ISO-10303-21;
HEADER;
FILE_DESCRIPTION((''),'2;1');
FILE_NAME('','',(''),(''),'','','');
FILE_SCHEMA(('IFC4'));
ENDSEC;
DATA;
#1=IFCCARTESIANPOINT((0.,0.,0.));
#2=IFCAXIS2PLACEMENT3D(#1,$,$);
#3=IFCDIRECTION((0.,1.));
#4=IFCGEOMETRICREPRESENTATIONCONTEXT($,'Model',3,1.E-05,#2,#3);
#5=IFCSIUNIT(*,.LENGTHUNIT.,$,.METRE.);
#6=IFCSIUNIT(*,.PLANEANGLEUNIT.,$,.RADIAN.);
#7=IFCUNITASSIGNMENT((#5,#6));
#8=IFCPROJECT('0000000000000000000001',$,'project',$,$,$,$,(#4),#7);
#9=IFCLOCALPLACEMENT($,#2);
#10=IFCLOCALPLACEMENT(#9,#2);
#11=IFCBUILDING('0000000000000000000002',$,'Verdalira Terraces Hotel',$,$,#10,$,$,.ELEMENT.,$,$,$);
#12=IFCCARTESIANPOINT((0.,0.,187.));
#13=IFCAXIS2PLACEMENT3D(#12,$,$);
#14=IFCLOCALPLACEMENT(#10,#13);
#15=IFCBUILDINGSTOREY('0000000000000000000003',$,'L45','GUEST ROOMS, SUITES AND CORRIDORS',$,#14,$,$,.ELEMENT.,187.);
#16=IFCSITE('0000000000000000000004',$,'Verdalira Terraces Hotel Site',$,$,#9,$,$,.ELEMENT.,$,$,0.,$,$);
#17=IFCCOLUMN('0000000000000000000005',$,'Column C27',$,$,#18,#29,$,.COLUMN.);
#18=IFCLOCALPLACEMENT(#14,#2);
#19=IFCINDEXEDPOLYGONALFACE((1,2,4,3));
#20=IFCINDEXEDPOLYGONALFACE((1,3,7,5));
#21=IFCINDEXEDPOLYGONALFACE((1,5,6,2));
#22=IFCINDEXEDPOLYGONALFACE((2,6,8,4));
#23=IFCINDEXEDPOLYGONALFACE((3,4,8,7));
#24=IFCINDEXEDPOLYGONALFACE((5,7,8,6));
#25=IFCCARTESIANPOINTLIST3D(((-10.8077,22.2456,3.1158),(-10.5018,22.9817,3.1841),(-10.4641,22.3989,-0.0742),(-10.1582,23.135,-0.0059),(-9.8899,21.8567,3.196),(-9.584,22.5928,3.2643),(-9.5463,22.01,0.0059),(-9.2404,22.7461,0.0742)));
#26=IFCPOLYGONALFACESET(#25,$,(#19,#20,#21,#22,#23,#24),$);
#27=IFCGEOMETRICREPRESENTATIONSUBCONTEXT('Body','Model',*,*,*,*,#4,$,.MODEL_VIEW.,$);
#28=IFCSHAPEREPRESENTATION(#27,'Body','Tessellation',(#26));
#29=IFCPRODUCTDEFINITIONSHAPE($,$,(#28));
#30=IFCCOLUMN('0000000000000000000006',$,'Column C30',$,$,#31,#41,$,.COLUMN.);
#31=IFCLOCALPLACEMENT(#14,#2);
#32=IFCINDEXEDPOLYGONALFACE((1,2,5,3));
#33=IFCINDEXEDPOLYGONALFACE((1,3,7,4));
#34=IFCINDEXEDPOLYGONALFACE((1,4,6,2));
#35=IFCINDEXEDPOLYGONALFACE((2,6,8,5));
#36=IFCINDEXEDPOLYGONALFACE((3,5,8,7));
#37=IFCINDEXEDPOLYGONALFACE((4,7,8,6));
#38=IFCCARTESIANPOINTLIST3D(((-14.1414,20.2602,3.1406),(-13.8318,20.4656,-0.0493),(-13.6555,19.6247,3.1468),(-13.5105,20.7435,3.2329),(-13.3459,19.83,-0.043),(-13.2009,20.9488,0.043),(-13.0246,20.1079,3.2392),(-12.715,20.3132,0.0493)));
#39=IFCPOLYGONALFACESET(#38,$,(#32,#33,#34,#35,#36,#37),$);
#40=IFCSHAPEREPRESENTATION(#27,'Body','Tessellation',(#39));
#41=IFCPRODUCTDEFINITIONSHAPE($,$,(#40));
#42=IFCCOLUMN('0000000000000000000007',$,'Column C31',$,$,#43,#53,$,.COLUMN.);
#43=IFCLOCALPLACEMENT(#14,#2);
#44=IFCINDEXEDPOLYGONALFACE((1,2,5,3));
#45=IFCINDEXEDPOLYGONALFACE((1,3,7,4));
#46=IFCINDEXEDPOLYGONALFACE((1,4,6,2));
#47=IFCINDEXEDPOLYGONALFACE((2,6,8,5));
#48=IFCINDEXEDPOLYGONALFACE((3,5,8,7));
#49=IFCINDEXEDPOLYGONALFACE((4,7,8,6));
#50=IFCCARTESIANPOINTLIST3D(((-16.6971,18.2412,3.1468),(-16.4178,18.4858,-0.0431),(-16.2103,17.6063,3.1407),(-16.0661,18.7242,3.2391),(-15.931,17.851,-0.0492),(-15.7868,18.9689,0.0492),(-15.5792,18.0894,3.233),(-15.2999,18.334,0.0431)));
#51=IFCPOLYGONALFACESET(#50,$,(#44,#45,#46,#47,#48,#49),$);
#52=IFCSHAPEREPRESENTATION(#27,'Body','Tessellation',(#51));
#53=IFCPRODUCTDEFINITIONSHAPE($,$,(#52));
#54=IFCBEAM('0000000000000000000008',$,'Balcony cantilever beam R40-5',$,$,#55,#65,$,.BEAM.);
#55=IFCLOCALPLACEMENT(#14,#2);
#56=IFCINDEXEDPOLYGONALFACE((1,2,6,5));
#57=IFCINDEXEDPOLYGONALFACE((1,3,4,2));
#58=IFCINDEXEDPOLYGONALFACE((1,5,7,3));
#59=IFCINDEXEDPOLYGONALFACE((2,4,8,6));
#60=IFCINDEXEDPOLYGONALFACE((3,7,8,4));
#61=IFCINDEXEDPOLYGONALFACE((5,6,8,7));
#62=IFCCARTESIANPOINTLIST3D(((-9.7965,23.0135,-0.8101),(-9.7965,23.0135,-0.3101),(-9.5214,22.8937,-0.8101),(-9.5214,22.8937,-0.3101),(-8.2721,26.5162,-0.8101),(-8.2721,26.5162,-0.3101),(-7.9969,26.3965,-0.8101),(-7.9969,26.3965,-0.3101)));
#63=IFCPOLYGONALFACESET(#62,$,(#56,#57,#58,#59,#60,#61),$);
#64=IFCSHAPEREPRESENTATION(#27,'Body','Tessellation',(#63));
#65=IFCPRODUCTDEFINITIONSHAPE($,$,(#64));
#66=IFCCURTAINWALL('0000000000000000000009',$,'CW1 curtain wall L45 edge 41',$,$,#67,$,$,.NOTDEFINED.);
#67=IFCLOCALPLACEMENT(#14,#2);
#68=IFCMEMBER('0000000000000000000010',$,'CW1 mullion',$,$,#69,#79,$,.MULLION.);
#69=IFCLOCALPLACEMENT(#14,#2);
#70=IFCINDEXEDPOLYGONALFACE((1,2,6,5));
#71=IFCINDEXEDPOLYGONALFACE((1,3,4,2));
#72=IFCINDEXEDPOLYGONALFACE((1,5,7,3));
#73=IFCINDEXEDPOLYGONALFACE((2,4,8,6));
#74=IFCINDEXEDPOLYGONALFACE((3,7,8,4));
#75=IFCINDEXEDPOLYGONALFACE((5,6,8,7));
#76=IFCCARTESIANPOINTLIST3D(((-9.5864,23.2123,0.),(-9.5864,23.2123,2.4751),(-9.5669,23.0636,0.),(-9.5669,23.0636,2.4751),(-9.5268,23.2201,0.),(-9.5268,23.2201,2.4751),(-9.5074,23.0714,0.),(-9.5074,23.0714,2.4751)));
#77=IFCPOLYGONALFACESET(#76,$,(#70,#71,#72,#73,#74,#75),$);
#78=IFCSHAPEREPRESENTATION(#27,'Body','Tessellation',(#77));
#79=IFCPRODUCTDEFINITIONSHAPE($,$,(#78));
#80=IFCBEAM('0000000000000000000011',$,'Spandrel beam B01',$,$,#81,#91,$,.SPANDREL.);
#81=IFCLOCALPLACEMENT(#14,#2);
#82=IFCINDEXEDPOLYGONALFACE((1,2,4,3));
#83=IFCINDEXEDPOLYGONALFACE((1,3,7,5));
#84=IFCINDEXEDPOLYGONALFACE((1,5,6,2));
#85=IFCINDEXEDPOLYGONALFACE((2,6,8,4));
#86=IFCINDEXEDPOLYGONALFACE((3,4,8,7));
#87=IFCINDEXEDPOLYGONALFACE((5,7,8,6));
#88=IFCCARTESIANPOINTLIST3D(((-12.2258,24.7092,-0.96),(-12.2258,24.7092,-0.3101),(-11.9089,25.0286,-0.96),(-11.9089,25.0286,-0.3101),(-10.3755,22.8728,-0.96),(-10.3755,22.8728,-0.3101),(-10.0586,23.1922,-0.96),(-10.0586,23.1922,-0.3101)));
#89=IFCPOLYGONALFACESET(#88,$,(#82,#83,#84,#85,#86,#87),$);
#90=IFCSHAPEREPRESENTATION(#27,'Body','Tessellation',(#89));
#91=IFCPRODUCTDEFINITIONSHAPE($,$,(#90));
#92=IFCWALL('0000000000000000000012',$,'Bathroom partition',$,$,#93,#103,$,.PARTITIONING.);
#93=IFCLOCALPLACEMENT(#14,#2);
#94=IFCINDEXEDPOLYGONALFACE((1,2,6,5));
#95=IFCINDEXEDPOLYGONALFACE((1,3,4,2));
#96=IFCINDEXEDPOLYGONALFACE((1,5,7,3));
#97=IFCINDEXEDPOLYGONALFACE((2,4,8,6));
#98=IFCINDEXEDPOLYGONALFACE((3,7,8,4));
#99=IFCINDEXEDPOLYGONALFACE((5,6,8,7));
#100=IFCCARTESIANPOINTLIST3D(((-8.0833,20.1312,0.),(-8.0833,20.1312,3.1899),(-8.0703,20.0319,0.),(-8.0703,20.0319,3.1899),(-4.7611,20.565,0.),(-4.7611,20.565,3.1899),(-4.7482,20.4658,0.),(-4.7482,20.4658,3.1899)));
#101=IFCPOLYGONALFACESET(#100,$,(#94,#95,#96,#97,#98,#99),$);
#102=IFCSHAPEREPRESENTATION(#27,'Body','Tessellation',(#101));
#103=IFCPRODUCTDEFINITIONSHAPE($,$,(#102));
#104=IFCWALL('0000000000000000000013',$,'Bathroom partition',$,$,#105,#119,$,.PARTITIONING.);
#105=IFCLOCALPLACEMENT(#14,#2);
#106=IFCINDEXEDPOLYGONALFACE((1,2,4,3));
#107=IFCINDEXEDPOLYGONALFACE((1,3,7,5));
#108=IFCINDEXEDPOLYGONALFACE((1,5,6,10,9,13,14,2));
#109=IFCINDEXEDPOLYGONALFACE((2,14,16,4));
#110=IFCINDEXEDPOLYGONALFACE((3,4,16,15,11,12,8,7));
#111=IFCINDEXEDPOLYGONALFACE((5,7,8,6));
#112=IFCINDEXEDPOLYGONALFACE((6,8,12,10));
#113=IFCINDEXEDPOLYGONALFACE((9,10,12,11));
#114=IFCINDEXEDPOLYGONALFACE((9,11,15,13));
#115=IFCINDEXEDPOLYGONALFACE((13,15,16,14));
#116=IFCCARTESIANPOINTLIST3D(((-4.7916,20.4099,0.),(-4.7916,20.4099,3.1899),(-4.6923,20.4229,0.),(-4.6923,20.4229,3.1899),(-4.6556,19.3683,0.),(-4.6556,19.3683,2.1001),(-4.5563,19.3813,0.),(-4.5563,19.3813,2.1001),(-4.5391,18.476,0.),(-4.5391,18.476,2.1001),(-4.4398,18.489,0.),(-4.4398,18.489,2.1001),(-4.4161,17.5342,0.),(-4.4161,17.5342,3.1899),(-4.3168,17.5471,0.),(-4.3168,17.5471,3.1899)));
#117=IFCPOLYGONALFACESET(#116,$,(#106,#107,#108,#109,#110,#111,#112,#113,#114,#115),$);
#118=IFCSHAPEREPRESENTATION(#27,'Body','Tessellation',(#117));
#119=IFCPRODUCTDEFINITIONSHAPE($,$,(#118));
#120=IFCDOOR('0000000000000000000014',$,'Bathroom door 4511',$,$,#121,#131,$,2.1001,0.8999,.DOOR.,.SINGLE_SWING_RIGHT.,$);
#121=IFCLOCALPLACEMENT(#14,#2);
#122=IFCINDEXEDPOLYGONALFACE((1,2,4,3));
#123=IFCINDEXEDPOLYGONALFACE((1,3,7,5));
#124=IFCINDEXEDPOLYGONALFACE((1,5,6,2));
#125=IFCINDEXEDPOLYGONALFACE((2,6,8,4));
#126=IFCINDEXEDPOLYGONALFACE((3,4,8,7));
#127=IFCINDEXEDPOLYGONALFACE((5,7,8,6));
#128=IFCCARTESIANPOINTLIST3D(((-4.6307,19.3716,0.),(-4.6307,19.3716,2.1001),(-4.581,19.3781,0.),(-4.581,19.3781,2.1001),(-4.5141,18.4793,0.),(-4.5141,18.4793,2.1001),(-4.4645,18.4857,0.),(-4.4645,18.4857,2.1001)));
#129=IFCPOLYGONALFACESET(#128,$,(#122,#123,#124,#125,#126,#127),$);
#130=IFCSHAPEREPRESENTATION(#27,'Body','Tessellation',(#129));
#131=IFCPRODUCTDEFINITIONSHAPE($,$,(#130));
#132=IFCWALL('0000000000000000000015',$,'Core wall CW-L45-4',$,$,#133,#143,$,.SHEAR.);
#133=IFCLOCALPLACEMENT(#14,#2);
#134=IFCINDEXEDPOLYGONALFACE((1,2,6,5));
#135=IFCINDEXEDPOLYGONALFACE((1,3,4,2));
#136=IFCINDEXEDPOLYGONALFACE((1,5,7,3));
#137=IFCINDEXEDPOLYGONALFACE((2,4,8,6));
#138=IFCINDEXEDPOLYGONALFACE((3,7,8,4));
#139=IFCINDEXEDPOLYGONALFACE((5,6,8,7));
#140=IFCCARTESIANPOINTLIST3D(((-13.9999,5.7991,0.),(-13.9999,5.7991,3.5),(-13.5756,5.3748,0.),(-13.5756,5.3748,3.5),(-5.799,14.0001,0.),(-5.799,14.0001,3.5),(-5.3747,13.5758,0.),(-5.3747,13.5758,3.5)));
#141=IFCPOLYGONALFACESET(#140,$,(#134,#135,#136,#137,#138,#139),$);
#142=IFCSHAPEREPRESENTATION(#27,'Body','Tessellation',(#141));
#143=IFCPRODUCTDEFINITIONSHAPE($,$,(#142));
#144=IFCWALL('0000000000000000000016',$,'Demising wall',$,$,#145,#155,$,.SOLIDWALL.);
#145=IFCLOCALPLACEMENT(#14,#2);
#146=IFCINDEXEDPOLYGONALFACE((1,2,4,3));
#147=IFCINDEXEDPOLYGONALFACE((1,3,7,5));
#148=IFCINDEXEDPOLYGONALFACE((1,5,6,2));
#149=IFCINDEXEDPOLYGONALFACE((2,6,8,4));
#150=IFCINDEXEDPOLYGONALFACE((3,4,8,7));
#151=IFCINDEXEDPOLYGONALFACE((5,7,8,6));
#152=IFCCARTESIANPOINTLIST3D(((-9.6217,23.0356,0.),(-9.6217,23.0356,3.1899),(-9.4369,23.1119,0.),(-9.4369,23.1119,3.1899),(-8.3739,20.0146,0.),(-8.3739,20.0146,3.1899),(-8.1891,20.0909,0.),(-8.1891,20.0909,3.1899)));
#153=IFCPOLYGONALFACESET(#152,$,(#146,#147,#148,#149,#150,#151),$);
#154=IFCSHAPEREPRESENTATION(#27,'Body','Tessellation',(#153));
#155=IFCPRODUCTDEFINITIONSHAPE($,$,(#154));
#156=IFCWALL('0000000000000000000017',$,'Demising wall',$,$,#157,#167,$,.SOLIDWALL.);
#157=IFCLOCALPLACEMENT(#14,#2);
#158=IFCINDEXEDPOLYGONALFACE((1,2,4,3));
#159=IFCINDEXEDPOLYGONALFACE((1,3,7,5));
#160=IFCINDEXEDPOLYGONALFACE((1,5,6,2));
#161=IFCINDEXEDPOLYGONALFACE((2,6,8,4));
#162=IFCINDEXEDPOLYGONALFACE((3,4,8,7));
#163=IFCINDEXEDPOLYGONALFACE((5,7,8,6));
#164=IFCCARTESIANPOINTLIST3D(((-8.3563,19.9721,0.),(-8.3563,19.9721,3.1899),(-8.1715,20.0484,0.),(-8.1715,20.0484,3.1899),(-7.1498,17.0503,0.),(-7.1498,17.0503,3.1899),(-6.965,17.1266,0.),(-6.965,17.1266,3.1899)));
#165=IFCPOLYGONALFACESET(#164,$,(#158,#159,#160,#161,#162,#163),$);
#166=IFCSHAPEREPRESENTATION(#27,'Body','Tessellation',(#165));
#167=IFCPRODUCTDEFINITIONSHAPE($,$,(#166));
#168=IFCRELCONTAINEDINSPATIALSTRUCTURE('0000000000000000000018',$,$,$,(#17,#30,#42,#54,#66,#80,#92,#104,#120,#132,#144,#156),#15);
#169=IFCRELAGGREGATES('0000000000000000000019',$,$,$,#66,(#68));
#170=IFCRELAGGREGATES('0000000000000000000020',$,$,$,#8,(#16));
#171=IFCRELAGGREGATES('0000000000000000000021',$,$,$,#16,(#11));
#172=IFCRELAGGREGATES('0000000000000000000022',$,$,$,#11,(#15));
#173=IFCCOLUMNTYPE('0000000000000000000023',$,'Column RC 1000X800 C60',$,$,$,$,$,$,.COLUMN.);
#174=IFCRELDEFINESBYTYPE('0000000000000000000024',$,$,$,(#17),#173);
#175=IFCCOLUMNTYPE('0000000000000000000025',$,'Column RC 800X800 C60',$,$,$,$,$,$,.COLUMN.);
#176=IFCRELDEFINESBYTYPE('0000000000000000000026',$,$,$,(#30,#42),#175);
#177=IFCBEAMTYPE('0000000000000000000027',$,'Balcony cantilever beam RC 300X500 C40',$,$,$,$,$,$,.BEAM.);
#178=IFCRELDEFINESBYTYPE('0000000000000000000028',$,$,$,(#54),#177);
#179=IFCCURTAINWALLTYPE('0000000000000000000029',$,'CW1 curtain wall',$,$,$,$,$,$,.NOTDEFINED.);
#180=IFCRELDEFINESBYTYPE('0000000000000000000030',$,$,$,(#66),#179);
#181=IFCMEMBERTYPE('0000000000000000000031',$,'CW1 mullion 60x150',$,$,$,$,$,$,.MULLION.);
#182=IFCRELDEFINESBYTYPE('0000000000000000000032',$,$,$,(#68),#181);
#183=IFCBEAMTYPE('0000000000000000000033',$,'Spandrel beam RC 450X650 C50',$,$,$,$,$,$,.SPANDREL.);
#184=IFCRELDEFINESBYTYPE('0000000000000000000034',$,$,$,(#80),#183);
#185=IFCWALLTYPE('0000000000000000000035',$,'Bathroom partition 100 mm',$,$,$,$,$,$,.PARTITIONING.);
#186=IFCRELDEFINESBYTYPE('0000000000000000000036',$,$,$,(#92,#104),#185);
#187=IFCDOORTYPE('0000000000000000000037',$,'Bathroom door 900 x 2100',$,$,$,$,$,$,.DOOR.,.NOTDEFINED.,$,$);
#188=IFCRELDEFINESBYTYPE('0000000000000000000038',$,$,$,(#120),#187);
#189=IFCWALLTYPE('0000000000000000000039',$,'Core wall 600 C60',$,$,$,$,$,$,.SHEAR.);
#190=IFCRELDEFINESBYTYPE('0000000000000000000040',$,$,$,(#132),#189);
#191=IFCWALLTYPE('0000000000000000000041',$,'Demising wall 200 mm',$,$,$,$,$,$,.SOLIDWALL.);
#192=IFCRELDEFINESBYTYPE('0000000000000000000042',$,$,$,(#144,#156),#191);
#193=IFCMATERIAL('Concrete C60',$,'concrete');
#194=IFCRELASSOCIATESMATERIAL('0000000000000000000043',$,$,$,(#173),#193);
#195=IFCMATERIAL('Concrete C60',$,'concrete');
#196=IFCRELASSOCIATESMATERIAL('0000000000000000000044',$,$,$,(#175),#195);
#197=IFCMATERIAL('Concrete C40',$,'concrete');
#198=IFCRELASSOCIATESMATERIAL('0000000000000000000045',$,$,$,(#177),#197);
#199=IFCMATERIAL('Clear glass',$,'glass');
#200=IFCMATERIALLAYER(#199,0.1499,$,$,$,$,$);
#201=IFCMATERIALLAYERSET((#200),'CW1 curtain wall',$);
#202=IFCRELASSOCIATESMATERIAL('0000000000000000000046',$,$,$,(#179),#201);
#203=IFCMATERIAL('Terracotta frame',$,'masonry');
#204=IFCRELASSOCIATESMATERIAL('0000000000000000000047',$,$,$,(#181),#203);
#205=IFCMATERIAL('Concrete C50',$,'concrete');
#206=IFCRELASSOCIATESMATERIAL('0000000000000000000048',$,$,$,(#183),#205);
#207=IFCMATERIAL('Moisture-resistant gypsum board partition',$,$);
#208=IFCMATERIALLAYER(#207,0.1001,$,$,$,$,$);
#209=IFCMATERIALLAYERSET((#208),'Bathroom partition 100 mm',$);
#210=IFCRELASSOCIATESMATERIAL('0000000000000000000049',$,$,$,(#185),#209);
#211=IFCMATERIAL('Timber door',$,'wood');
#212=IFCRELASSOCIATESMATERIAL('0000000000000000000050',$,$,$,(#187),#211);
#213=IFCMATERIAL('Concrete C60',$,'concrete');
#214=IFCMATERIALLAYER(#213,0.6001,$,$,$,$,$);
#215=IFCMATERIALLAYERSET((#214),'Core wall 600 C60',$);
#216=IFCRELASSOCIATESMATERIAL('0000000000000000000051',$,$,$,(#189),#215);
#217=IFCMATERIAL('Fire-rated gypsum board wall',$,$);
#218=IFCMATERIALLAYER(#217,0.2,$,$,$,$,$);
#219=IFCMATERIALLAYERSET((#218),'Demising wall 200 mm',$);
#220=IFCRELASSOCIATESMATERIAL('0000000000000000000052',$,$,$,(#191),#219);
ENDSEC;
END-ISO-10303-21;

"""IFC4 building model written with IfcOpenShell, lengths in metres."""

from ifc_helpers import new_model, si_unit, direction, frame, frame_2d, origin, origin_2d, place, context, subcontext, project, spatial, rectangle, extrude, material, layer, layer_set, material_profile, profile_set, type_object, element, fill, aggregate, save


model = new_model("IFC4")

# Units and contexts
model_context = context("Model", 3, precision=1e-05, world=origin(), true_north=direction((0.0, 1.0)))
body_context = subcontext(model_context, "Body", "Model", "MODEL_VIEW")
ifc_project = project(units=[si_unit("LENGTHUNIT", "METRE"), si_unit("PLANEANGLEUNIT", "RADIAN")], contexts=[model_context])

# Site, building, storey
site_placement = place(None, origin())
site = spatial("IfcSite", under=ifc_project, at=site_placement, Name="Verdalira Terraces Hotel Site", CompositionType="ELEMENT", RefElevation=0.0)
building_placement = place(site_placement, origin())
building = spatial("IfcBuilding", under=site, at=building_placement, Name="Verdalira Terraces Hotel", CompositionType="ELEMENT")
storey_placement = place(building_placement, frame((0.0, 0.0, 187.0)))
storey = spatial("IfcBuildingStorey", under=building, at=storey_placement, Name="L45", Description="GUEST ROOMS, SUITES AND CORRIDORS", CompositionType="ELEMENT", Elevation=187.0)

# Columns
ifc_material_1 = material(Name="Concrete C60", Category="concrete")
ifc_material_profile_1 = material_profile(ifc_material_1, rectangle(XDim=1.0, YDim=0.8, at=origin_2d()), Name="RC 1000X800")
ifc_profile_set_1 = profile_set([ifc_material_profile_1], Name="Concrete C60")
column_type_1 = type_object("IfcColumnType", Name="Column RC 1000X800 C60", PredefinedType="COLUMN", material=ifc_profile_set_1)
column_placement = place(storey_placement, frame((-9.8523, 22.5725, 0.0), z_axis=(-0.106943, -0.047733, 0.993119), x_axis=(0.917806, -0.388856, 0.080143)))
element("IfcColumn", 1, at=column_placement, inside=storey, type_object=column_type_1, Name="Column C27", PredefinedType="COLUMN", context=body_context, shape_type="SweptSolid", body=[
    extrude(rectangle(XDim=1.0, YDim=0.8, at=origin_2d()), origin(), (0.0, 0.0, 1.0), 3.2122),
])
ifc_material_2 = material(Name="Concrete C60", Category="concrete")
ifc_material_profile_2 = material_profile(ifc_material_2, rectangle(XDim=0.8, YDim=0.8, at=origin_2d()), Name="RC 800X800")
ifc_profile_set_2 = profile_set([ifc_material_profile_2], Name="Concrete C60")
column_type_2 = type_object("IfcColumnType", Name="Column RC 800X800 C60", PredefinedType="COLUMN", material=ifc_profile_set_2)
for number, where, z_axis, x_axis, name in (
    (2, (-13.2734, 20.3894, 0.0), (-0.096394, -0.063933, 0.993288), (-0.607336, 0.794406, -0.007807), "Column C30"),
    (3, (-15.8589, 18.4099, 0.0), (-0.086968, -0.076173, 0.993295), (-0.608491, 0.793525, 0.007577), "Column C31"),
):
    element("IfcColumn", number, at=place(storey_placement, frame(where, z_axis=z_axis, x_axis=x_axis)), inside=storey, type_object=column_type_2, Name=name, PredefinedType="COLUMN", context=body_context, shape_type="SweptSolid", body=[
        extrude(rectangle(XDim=0.8, YDim=0.8, at=origin_2d()), origin(), (0.0, 0.0, 1.0), 3.2114),
    ])

# Beam
ifc_material_3 = material(Name="Concrete C40", Category="concrete")
ifc_material_profile_3 = material_profile(ifc_material_3, rectangle(XDim=0.3, YDim=0.5, at=origin_2d()), Name="RC 300X500")
ifc_profile_set_3 = profile_set([ifc_material_profile_3], Name="Concrete C40")
beam_type_1 = type_object("IfcBeamType", Name="Balcony cantilever beam RC 300X500 C40", PredefinedType="BEAM", material=ifc_profile_set_3)
beam_1_placement = place(storey_placement, frame((-9.6589, 22.9536, -0.5601), z_axis=(0.399058, 0.916926, 0.0), x_axis=(-0.916926, 0.399058, 0.0)))
element("IfcBeam", 4, at=beam_1_placement, inside=storey, type_object=beam_type_1, Name="Balcony cantilever beam R40-5", PredefinedType="BEAM", context=body_context, shape_type="SweptSolid", body=[
    extrude(rectangle(XDim=0.3, YDim=0.5, at=origin_2d()), origin(), (0.0, 0.0, 1.0), 3.8201),
])

# Curtain wall, member
ifc_material_4 = material(Name="Clear glass", Category="glass")
ifc_layer_1 = layer(ifc_material_4, 0.1499)
ifc_layer_set_1 = layer_set([ifc_layer_1], Name="CW1 curtain wall")
curtain_wall_type = type_object("IfcCurtainWallType", Name="CW1 curtain wall", PredefinedType="NOTDEFINED", material=ifc_layer_set_1)
curtain_wall_placement = place(storey_placement, origin())
curtain_wall = element("IfcCurtainWall", 5, at=curtain_wall_placement, inside=storey, type_object=curtain_wall_type, Name="CW1 curtain wall L45 edge 41", PredefinedType="NOTDEFINED")
ifc_material_5 = material(Name="Terracotta frame", Category="masonry")
ifc_material_profile_4 = material_profile(ifc_material_5, rectangle(XDim=0.0601, YDim=0.1499, at=origin_2d()), Name="MU 60x150")
ifc_profile_set_4 = profile_set([ifc_material_profile_4], Name="Terracotta frame")
member_type = type_object("IfcMemberType", Name="CW1 mullion 60x150", PredefinedType="MULLION", material=ifc_profile_set_4)
member_placement = place(storey_placement, frame((-9.5469, 23.1418, 0.0), z_axis=(0.0, 0.0, 1.0), x_axis=(-0.991581, -0.129488, 0.0)))
member = element("IfcMember", 6, at=member_placement, type_object=member_type, Name="CW1 mullion", PredefinedType="MULLION", context=body_context, shape_type="SweptSolid", body=[
    extrude(rectangle(XDim=0.0601, YDim=0.1499, at=origin_2d()), origin(), (0.0, 0.0, 1.0), 2.4751),
])
aggregate(curtain_wall, [member])

# Beam
ifc_material_6 = material(Name="Concrete C50", Category="concrete")
ifc_material_profile_5 = material_profile(ifc_material_6, rectangle(XDim=0.45, YDim=0.6499, at=origin_2d()), Name="RC 450X650")
ifc_profile_set_5 = profile_set([ifc_material_profile_5], Name="Concrete C50")
beam_type_2 = type_object("IfcBeamType", Name="Spandrel beam RC 450X650 C50", PredefinedType="SPANDREL", material=ifc_profile_set_5)
beam_2_placement = place(storey_placement, frame((-10.217, 23.0325, -0.635), z_axis=(-0.709771, 0.704433, 0.0), x_axis=(-0.704433, -0.709771, 0.0)))
element("IfcBeam", 7, at=beam_2_placement, inside=storey, type_object=beam_type_2, Name="Spandrel beam B01", PredefinedType="SPANDREL", context=body_context, shape_type="SweptSolid", body=[
    extrude(rectangle(XDim=0.45, YDim=0.6499, at=origin_2d()), origin(), (0.0, 0.0, 1.0), 2.6069),
])

# Wall
ifc_material_7 = material(Name="Moisture-resistant gypsum board partition")
ifc_layer_2 = layer(ifc_material_7, 0.1001)
ifc_layer_set_2 = layer_set([ifc_layer_2], Name="Bathroom partition 100 mm")
wall_type_1 = type_object("IfcWallType", Name="Bathroom partition 100 mm", PredefinedType="PARTITIONING", material=ifc_layer_set_2)
wall_1_placement = place(storey_placement, frame((-8.0769, 20.0815, 0.0), z_axis=(0.0, 0.0, 1.0), x_axis=(0.99158, 0.129495, 0.0)))
element("IfcWall", 8, at=wall_1_placement, inside=storey, type_object=wall_type_1, Name="Bathroom partition", PredefinedType="PARTITIONING", context=body_context, shape_type="SweptSolid", body=[
    extrude(rectangle(XDim=3.3503, YDim=0.1001, at=frame_2d((1.6753, 0.0))), origin(), (0.0, 0.0, 1.0), 3.1899),
])

# Wall, opening, door
wall_2_placement = place(storey_placement, frame((-4.3665, 17.5405, 0.0), z_axis=(0.0, 0.0, 1.0), x_axis=(-0.129472, 0.991583, 0.0)))
wall_2 = element("IfcWall", 9, at=wall_2_placement, inside=storey, type_object=wall_type_1, Name="Bathroom partition", PredefinedType="PARTITIONING", context=body_context, shape_type="SweptSolid", body=[
    extrude(rectangle(XDim=2.9001, YDim=0.1001, at=frame_2d((1.4502, 0.0))), origin(), (0.0, 0.0, 1.0), 3.1899),
])
opening_1_placement = place(wall_2_placement, frame((0.95, 0.0, 0.0)))
opening_1 = element("IfcOpeningElement", 10, at=opening_1_placement, cuts=wall_2, PredefinedType="OPENING", context=body_context, shape_type="SweptSolid", body=[
    extrude(rectangle(XDim=0.8999, YDim=2.1001, at=frame_2d((0.45, 1.05))), frame((0.0, 0.0601, 0.0), z_axis=(0.0, -1.0, 0.0), x_axis=(1.0, 0.0, 0.0)), (0.0, 0.0, 1.0), 0.1201),
])
ifc_material_8 = material(Name="Timber door", Category="wood")
door_type_1 = type_object("IfcDoorType", Name="Bathroom door 900 x 2100", OperationType="NOTDEFINED", PredefinedType="DOOR", material=ifc_material_8)
door_1_placement = place(opening_1_placement, origin())
door_1 = element("IfcDoor", 11, at=door_1_placement, inside=storey, type_object=door_type_1, Name="Bathroom door 4511", OperationType="SINGLE_SWING_RIGHT", OverallHeight=2.1001, OverallWidth=0.8999, PredefinedType="DOOR", context=body_context, shape_type="SweptSolid", body=[
    extrude(rectangle(XDim=0.8999, YDim=2.1001, at=frame_2d((0.45, 1.05))), frame((0.0, 0.0249, 0.0), z_axis=(0.0, -1.0, 0.0), x_axis=(1.0, 0.0, 0.0)), (0.0, 0.0, 1.0), 0.05),
])
fill(opening_1, door_1)

# Walls
ifc_material_9 = material(Name="Concrete C60", Category="concrete")
ifc_layer_3 = layer(ifc_material_9, 0.6001)
ifc_layer_set_3 = layer_set([ifc_layer_3], Name="Core wall 600 C60")
wall_type_2 = type_object("IfcWallType", Name="Core wall 600 C60", PredefinedType="SHEAR", material=ifc_layer_set_3)
wall_3_placement = place(storey_placement, frame((-5.5869, 13.7878, 0.0), z_axis=(0.0, 0.0, 1.0), x_axis=(-0.707107, -0.707107, 0.0)))
element("IfcWall", 12, at=wall_3_placement, inside=storey, type_object=wall_type_2, Name="Core wall CW-L45-4", PredefinedType="SHEAR", context=body_context, shape_type="SweptSolid", body=[
    extrude(rectangle(XDim=11.5979, YDim=0.6001, at=frame_2d((5.7988, 0.0))), origin(), (0.0, 0.0, 1.0), 3.5),
])
ifc_material_10 = material(Name="Fire-rated gypsum board wall")
ifc_layer_4 = layer(ifc_material_10, 0.2)
ifc_layer_set_4 = layer_set([ifc_layer_4], Name="Demising wall 200 mm")
wall_type_3 = type_object("IfcWallType", Name="Demising wall 200 mm", PredefinedType="SOLIDWALL", material=ifc_layer_set_4)
wall_4_placement = place(storey_placement, frame((-9.5293, 23.0737, 0.0), z_axis=(0.0, 0.0, 1.0), x_axis=(0.38176, -0.924261, 0.0)))
element("IfcWall", 13, at=wall_4_placement, inside=storey, type_object=wall_type_3, Name="Demising wall", PredefinedType="SOLIDWALL", context=body_context, shape_type="SweptSolid", body=[
    extrude(rectangle(XDim=3.2686, YDim=0.2, at=frame_2d((1.6343, 0.0))), origin(), (0.0, 0.0, 1.0), 3.1899),
])
wall_5_placement = place(storey_placement, frame((-8.2639, 20.0103, 0.0), z_axis=(0.0, 0.0, 1.0), x_axis=(0.381674, -0.924297, 0.0)))
element("IfcWall", 14, at=wall_5_placement, inside=storey, type_object=wall_type_3, Name="Demising wall", PredefinedType="SOLIDWALL", context=body_context, shape_type="SweptSolid", body=[
    extrude(rectangle(XDim=3.1611, YDim=0.2, at=frame_2d((1.5806, 0.0))), origin(), (0.0, 0.0, 1.0), 3.1899),
])

save(model, "model.ifc")
